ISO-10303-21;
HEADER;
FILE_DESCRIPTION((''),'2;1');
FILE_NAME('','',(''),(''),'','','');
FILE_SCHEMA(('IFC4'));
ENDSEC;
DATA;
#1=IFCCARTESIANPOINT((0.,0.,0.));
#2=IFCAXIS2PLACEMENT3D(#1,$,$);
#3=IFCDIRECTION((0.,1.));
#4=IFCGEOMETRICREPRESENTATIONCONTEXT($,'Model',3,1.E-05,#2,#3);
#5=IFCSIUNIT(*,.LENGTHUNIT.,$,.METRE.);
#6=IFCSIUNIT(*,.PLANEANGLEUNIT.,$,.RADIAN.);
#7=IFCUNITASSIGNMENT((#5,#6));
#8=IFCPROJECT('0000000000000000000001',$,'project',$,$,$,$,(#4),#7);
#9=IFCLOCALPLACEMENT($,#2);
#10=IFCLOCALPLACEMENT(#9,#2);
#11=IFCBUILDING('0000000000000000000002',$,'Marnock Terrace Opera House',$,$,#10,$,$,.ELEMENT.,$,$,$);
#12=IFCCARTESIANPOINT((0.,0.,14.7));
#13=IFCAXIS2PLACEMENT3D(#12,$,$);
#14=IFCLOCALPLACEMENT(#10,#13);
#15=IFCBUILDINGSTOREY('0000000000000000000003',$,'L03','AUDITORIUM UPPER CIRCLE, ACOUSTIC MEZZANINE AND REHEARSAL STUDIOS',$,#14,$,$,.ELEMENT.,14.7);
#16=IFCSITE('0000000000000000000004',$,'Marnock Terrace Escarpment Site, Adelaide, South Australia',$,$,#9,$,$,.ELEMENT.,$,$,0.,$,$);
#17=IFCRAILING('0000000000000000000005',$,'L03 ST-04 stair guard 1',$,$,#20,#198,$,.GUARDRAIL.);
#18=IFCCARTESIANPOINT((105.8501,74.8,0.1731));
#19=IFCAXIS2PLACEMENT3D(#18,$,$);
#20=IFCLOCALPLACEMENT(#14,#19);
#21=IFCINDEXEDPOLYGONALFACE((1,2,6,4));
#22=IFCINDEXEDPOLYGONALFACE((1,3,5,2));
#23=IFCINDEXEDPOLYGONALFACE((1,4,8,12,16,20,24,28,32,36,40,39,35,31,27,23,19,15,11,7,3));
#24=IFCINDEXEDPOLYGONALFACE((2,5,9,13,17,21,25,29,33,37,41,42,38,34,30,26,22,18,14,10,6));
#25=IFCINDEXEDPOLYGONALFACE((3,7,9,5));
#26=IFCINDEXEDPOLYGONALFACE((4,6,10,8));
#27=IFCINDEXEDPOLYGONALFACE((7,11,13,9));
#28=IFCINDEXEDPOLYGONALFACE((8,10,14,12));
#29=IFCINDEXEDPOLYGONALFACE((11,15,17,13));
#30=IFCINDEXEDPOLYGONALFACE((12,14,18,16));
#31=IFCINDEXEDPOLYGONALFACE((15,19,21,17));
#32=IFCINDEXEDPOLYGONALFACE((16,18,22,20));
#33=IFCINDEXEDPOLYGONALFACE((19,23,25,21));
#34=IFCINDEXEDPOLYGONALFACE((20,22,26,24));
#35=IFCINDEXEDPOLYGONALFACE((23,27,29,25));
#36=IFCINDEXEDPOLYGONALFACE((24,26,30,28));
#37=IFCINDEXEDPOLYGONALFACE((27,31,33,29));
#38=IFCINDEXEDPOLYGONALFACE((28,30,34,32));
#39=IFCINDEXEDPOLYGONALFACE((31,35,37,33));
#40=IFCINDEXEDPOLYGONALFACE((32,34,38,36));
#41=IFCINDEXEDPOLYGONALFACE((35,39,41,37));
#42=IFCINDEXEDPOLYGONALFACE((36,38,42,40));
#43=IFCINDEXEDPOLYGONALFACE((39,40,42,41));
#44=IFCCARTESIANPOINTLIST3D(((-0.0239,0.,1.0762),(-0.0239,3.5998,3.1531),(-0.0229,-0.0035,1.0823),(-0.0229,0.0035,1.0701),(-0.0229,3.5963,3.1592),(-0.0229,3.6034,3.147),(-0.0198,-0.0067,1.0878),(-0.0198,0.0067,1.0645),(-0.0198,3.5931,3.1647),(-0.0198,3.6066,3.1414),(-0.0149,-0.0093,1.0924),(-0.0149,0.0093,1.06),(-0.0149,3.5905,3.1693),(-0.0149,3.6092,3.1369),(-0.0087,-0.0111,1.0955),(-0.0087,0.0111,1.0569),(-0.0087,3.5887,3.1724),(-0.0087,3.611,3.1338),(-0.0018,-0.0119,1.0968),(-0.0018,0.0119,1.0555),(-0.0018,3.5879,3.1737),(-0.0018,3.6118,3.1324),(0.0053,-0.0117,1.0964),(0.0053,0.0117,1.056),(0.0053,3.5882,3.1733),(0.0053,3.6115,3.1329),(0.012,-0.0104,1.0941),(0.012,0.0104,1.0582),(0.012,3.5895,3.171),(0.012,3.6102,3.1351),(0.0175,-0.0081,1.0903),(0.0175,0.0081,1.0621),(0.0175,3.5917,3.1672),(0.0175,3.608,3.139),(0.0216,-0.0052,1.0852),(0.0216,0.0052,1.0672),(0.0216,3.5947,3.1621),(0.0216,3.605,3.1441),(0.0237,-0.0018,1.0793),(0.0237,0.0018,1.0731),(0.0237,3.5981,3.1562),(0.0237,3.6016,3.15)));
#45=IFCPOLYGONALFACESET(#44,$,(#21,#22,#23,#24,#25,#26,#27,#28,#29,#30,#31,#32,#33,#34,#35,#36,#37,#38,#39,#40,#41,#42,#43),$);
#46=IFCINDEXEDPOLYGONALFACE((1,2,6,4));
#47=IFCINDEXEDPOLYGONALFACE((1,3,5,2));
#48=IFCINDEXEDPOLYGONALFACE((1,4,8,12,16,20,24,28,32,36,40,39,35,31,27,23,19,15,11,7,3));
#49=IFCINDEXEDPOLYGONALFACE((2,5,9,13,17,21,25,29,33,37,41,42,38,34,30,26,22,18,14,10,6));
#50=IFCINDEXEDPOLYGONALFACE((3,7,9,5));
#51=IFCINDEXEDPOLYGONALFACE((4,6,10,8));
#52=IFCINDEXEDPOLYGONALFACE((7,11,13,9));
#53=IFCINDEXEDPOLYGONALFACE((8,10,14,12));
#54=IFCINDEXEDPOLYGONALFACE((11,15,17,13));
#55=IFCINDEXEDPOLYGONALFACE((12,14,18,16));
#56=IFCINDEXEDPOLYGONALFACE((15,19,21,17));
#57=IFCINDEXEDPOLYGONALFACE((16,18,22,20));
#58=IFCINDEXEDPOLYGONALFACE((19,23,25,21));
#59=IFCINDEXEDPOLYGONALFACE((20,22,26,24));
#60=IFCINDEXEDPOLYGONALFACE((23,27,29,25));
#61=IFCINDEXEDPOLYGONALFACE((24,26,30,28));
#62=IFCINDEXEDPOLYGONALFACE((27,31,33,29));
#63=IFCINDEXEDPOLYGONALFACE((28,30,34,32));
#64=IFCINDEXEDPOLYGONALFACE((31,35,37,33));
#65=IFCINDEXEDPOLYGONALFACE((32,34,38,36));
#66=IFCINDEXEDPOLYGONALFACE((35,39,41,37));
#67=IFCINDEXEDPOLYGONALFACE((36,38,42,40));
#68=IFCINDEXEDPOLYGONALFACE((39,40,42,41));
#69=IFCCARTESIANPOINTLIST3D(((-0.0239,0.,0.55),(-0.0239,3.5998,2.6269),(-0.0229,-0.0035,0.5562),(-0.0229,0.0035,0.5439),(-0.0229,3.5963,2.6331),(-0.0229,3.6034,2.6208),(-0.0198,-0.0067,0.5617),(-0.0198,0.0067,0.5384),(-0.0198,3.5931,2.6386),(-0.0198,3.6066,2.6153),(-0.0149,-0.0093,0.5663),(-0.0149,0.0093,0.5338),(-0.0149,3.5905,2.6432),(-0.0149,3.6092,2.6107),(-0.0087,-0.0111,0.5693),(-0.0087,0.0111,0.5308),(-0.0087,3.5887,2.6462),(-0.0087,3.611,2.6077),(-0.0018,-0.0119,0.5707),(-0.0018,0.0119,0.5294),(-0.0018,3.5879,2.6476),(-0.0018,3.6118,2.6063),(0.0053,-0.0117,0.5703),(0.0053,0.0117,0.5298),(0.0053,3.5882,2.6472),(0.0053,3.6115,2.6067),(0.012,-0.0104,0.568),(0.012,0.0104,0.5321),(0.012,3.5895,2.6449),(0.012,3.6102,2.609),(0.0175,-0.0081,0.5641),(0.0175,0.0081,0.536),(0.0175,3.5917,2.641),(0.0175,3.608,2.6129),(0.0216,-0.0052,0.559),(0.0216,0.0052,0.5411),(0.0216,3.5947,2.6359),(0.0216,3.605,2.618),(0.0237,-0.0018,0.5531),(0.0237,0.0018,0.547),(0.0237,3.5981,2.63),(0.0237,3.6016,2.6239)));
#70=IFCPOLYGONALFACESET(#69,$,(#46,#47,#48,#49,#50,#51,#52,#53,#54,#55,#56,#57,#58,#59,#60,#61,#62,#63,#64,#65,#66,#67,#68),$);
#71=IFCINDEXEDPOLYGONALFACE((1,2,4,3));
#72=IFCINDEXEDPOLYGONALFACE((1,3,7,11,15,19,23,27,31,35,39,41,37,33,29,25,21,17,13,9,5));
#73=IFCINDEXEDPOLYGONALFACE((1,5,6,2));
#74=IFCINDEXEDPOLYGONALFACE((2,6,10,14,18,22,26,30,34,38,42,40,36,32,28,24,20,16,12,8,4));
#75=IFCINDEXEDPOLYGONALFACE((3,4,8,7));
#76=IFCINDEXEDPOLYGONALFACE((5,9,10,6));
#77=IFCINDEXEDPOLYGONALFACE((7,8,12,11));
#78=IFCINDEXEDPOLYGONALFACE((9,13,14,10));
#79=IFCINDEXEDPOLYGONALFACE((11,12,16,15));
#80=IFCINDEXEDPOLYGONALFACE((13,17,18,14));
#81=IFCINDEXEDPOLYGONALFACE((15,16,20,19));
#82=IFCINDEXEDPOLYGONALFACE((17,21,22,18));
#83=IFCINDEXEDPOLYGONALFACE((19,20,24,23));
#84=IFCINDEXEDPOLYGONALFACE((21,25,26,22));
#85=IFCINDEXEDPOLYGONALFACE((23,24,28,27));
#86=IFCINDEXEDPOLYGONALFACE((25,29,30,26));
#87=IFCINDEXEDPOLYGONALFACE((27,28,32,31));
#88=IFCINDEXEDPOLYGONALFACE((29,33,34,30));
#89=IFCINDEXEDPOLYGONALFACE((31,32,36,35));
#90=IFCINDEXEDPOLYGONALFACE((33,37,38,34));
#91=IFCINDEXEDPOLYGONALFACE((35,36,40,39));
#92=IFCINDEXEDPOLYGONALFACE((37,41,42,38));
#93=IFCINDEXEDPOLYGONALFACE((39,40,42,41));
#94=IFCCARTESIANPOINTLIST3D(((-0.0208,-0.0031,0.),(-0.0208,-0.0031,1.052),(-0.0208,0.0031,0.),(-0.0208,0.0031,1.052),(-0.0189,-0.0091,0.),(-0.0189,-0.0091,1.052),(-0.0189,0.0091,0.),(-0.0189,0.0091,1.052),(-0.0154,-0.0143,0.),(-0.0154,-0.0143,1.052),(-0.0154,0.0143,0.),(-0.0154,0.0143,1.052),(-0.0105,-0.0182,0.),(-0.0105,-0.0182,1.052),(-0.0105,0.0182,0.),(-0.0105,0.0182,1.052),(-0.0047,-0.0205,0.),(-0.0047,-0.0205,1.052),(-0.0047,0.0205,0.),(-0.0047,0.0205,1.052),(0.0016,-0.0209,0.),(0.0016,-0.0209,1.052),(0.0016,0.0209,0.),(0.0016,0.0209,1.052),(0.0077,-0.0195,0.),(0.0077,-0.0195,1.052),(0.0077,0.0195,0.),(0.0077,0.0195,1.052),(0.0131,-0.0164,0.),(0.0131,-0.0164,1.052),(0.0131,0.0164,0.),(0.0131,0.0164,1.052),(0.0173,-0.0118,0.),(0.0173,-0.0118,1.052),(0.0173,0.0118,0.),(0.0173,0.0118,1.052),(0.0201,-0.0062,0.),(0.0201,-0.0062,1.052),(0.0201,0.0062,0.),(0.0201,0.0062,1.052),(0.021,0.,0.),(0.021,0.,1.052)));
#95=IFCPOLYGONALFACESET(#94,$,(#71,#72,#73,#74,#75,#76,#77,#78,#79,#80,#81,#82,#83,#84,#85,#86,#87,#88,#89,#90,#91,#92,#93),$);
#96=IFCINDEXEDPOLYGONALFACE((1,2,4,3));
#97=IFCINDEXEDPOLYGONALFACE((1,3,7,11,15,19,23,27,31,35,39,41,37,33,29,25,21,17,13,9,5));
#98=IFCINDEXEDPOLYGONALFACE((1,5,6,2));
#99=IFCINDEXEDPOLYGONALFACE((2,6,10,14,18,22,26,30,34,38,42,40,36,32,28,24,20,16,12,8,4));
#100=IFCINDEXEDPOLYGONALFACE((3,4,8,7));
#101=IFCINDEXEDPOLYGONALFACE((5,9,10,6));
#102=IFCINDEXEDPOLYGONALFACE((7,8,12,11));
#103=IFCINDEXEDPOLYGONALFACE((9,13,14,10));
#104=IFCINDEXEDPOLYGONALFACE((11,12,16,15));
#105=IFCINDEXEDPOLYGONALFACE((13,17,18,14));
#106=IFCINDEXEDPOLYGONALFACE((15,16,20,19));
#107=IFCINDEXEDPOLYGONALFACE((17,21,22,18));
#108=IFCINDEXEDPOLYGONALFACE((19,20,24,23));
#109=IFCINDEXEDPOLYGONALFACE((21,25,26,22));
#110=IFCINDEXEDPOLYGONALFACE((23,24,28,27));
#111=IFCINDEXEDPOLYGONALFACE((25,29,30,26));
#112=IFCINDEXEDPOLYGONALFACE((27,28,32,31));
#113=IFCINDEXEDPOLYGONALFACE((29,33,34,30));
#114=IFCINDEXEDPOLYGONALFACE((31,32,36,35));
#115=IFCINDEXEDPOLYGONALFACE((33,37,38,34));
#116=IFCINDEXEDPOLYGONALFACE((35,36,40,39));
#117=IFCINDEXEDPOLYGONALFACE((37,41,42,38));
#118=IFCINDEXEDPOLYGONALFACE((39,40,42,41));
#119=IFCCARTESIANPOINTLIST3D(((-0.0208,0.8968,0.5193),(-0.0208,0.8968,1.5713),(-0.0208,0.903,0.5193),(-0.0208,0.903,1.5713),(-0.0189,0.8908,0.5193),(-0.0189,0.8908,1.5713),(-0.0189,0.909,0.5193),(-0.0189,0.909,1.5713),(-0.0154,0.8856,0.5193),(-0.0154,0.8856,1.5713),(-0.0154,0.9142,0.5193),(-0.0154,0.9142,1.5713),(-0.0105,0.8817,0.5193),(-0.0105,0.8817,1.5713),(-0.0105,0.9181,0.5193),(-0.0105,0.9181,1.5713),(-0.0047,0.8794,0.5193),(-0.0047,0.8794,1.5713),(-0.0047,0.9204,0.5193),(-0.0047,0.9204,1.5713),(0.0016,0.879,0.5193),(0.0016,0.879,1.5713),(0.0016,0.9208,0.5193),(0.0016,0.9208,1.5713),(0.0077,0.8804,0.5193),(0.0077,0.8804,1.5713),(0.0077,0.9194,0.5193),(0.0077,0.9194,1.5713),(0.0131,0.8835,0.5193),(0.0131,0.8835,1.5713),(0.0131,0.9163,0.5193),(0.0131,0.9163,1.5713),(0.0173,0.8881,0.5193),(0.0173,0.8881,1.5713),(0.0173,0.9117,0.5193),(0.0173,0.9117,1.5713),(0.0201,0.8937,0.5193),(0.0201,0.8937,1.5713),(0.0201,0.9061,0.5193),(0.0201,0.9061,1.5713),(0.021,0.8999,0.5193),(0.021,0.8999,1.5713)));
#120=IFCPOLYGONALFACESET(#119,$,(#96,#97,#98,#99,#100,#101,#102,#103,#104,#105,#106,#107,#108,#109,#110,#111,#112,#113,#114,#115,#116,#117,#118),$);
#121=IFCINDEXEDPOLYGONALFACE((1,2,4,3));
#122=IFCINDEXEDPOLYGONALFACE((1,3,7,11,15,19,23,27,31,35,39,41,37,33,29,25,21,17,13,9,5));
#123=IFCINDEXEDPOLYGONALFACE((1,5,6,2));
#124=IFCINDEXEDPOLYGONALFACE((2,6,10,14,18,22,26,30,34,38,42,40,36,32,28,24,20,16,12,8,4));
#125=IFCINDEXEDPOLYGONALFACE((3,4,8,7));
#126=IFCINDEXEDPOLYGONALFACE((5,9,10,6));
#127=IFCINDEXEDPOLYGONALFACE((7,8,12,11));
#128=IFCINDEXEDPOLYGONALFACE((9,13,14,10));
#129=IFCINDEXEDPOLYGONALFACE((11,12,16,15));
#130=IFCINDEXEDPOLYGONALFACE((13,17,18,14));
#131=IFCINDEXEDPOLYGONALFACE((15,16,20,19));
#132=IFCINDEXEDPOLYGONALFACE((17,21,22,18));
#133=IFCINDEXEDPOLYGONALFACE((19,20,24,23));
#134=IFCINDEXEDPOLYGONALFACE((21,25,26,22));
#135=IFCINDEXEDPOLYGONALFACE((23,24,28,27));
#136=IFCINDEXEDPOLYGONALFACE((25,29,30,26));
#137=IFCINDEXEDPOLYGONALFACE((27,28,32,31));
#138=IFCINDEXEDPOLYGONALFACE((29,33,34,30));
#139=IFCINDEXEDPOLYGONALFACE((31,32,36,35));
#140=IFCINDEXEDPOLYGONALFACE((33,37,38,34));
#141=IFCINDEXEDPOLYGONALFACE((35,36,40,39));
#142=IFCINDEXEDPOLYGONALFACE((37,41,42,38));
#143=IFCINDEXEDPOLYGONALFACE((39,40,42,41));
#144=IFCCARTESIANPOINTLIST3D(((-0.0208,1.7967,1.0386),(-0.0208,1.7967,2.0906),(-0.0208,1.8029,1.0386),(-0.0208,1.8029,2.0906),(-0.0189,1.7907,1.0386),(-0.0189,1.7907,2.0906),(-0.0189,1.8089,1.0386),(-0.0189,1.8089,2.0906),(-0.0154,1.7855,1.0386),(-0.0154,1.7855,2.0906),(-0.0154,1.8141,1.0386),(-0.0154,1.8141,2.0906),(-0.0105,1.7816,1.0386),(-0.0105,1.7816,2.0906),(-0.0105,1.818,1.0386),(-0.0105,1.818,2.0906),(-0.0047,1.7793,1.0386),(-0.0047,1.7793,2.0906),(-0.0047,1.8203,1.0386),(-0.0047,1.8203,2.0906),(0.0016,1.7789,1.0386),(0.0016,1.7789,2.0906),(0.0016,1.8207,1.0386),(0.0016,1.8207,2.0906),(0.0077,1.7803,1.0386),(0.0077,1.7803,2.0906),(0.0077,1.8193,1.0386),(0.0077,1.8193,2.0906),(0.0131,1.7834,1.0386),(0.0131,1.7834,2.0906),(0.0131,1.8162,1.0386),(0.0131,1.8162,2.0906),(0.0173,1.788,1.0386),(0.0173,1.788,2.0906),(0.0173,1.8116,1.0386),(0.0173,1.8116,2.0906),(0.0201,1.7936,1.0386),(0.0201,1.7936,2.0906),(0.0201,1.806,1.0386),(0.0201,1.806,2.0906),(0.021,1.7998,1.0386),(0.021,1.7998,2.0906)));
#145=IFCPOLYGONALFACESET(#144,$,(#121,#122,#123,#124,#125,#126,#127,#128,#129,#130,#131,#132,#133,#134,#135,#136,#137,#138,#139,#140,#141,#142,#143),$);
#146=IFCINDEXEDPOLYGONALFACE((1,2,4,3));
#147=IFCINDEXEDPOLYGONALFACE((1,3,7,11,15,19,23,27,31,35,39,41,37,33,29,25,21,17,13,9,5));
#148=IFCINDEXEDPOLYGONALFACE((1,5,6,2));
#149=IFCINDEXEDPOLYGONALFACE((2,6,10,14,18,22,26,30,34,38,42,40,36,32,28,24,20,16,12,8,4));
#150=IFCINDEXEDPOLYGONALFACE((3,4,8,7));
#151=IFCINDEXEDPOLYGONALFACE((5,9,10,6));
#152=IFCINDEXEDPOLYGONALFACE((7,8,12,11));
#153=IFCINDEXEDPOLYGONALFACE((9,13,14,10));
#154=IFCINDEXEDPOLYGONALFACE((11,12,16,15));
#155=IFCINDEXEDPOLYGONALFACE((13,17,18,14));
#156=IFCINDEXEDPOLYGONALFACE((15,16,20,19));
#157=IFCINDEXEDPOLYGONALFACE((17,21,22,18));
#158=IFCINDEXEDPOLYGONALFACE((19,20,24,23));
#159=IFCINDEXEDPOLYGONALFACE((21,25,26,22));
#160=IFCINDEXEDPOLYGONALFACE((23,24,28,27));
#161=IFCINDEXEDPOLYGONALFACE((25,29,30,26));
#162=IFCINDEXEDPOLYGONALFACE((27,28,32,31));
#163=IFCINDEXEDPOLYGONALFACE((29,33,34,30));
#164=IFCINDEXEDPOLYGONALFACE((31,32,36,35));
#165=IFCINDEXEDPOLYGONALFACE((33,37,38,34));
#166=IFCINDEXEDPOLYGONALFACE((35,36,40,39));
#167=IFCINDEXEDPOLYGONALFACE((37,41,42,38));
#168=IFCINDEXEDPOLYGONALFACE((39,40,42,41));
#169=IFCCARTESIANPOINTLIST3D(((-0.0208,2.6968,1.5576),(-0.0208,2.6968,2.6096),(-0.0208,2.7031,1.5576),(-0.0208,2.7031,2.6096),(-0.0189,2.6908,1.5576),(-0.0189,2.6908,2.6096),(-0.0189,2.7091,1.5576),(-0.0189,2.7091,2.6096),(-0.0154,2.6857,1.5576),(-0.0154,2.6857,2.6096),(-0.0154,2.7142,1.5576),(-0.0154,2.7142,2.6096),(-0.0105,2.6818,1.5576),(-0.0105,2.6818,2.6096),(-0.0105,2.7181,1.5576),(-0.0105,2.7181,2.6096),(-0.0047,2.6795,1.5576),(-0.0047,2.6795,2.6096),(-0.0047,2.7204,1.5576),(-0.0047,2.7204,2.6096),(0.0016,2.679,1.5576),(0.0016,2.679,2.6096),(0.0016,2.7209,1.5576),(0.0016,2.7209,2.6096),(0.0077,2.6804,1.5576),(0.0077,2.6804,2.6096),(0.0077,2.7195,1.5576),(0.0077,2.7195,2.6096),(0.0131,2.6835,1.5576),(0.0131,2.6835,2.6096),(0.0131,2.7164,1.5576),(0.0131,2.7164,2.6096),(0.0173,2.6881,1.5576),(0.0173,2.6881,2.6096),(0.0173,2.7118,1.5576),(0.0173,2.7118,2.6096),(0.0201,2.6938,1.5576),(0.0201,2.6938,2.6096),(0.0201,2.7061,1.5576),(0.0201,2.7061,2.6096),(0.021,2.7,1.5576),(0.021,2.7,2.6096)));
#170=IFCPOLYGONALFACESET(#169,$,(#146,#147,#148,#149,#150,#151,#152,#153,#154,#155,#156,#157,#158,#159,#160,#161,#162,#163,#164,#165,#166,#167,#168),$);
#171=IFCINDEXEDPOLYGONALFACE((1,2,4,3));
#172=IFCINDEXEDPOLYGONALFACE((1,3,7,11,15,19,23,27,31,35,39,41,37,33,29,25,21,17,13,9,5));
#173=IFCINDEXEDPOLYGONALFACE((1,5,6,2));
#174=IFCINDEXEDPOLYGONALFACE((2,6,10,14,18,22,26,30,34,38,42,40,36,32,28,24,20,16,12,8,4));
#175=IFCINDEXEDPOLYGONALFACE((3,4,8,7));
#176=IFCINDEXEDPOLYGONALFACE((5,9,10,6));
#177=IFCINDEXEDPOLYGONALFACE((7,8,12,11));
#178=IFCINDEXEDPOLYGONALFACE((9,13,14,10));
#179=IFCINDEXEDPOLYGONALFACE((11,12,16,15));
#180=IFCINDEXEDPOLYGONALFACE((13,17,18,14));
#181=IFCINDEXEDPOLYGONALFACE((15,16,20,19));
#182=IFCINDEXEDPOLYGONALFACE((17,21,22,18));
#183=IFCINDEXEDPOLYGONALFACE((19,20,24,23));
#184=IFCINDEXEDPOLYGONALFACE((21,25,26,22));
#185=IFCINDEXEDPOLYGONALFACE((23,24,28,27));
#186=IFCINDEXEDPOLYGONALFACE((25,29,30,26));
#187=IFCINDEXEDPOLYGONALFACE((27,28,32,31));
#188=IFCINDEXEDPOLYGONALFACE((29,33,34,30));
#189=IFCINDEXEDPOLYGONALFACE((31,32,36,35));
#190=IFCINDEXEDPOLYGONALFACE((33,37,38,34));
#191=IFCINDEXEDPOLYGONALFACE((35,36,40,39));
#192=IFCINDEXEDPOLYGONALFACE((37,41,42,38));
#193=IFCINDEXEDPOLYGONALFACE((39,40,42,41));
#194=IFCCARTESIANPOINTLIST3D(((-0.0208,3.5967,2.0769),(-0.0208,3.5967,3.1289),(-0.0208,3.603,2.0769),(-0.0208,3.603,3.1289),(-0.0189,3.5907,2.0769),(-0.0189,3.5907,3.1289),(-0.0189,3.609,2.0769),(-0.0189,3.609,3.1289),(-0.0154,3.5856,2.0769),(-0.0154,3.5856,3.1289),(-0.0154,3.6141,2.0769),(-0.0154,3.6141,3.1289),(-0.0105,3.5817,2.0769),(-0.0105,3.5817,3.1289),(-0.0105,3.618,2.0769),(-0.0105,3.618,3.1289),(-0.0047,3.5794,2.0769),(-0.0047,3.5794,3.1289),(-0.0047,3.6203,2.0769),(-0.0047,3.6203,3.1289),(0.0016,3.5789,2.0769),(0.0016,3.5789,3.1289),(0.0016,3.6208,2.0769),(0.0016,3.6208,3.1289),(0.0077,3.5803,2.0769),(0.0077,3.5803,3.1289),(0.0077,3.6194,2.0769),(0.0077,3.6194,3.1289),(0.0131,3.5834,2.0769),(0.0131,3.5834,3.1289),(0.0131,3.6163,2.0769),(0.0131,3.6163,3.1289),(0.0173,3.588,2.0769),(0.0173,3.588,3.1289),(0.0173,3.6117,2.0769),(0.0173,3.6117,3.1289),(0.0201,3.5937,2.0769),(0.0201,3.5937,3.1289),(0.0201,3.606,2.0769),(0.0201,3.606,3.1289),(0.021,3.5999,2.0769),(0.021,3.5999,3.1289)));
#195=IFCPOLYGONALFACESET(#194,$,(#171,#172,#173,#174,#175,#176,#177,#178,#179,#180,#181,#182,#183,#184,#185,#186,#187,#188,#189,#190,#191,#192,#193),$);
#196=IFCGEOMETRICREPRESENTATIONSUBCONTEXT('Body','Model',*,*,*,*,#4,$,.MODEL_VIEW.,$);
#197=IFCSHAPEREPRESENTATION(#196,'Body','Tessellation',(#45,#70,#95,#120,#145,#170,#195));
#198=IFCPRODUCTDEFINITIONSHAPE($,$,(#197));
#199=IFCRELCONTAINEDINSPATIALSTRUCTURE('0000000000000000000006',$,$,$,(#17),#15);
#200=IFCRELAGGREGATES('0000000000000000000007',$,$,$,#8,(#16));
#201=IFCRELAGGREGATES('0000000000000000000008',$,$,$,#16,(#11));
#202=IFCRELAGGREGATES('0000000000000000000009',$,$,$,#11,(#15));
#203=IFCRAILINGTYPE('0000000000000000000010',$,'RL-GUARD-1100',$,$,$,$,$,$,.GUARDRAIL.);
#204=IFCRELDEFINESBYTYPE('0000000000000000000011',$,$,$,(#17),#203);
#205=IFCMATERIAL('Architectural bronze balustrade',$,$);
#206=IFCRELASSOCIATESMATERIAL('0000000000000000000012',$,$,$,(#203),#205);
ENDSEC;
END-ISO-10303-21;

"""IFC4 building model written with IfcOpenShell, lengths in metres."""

from ifc_helpers import new_model, si_unit, direction, frame, origin, origin_2d, place, context, subcontext, project, spatial, circle, extrude, material, type_object, element, save


model = new_model("IFC4")

# Units and contexts
model_context = context("Model", 3, precision=1e-05, world=origin(), true_north=direction((0.0, 1.0)))
body_context = subcontext(model_context, "Body", "Model", "MODEL_VIEW")
ifc_project = project(units=[si_unit("LENGTHUNIT", "METRE"), si_unit("PLANEANGLEUNIT", "RADIAN")], contexts=[model_context])

# Site, building, storey
site_placement = place(None, origin())
site = spatial("IfcSite", under=ifc_project, at=site_placement, Name="Marnock Terrace Escarpment Site, Adelaide, South Australia", CompositionType="ELEMENT", RefElevation=0.0)
building_placement = place(site_placement, origin())
building = spatial("IfcBuilding", under=site, at=building_placement, Name="Marnock Terrace Opera House", CompositionType="ELEMENT")
storey_placement = place(building_placement, frame((0.0, 0.0, 14.7)))
storey = spatial("IfcBuildingStorey", under=building, at=storey_placement, Name="L03", Description="AUDITORIUM UPPER CIRCLE, ACOUSTIC MEZZANINE AND REHEARSAL STUDIOS", CompositionType="ELEMENT", Elevation=14.7)

# Railing
ifc_material_1 = material(Name="Architectural bronze balustrade")
railing_type_1 = type_object("IfcRailingType", Name="RL-GUARD-1100", PredefinedType="GUARDRAIL", material=ifc_material_1)
railing_1_placement = place(storey_placement, frame((105.8501, 74.8, 0.1731)))
element("IfcRailing", 1, at=railing_1_placement, inside=storey, type_object=railing_type_1, Name="L03 ST-04 stair guard 1", PredefinedType="GUARDRAIL", context=body_context, shape_type="SweptSolid", body=[
    extrude(circle(Radius=0.0239, at=origin_2d()), frame((0.0, 0.0, 1.0762), z_axis=(0.0, 0.866179, 0.499734), x_axis=(-1.0, 0.0, 0.0)), (0.0, 0.0, 1.0), 4.156),
    extrude(circle(Radius=0.0239, at=origin_2d()), frame((0.0, 0.0, 0.55), z_axis=(0.0, 0.866179, 0.499734), x_axis=(-1.0, 0.0, 0.0)), (0.0, 0.0, 1.0), 4.156),
    extrude(circle(Radius=0.021, at=origin_2d()), origin(), (0.0, 0.0, 1.0), 1.052),
    extrude(circle(Radius=0.021, at=origin_2d()), frame((0.0, 0.8999, 0.5193)), (0.0, 0.0, 1.0), 1.052),
    extrude(circle(Radius=0.021, at=origin_2d()), frame((0.0, 1.7998, 1.0386)), (0.0, 0.0, 1.0), 1.052),
    extrude(circle(Radius=0.021, at=origin_2d()), frame((0.0, 2.7, 1.5576)), (0.0, 0.0, 1.0), 1.052),
    extrude(circle(Radius=0.021, at=origin_2d()), frame((0.0, 3.5999, 2.0769)), (0.0, 0.0, 1.0), 1.052),
])

save(model, "model.ifc")
